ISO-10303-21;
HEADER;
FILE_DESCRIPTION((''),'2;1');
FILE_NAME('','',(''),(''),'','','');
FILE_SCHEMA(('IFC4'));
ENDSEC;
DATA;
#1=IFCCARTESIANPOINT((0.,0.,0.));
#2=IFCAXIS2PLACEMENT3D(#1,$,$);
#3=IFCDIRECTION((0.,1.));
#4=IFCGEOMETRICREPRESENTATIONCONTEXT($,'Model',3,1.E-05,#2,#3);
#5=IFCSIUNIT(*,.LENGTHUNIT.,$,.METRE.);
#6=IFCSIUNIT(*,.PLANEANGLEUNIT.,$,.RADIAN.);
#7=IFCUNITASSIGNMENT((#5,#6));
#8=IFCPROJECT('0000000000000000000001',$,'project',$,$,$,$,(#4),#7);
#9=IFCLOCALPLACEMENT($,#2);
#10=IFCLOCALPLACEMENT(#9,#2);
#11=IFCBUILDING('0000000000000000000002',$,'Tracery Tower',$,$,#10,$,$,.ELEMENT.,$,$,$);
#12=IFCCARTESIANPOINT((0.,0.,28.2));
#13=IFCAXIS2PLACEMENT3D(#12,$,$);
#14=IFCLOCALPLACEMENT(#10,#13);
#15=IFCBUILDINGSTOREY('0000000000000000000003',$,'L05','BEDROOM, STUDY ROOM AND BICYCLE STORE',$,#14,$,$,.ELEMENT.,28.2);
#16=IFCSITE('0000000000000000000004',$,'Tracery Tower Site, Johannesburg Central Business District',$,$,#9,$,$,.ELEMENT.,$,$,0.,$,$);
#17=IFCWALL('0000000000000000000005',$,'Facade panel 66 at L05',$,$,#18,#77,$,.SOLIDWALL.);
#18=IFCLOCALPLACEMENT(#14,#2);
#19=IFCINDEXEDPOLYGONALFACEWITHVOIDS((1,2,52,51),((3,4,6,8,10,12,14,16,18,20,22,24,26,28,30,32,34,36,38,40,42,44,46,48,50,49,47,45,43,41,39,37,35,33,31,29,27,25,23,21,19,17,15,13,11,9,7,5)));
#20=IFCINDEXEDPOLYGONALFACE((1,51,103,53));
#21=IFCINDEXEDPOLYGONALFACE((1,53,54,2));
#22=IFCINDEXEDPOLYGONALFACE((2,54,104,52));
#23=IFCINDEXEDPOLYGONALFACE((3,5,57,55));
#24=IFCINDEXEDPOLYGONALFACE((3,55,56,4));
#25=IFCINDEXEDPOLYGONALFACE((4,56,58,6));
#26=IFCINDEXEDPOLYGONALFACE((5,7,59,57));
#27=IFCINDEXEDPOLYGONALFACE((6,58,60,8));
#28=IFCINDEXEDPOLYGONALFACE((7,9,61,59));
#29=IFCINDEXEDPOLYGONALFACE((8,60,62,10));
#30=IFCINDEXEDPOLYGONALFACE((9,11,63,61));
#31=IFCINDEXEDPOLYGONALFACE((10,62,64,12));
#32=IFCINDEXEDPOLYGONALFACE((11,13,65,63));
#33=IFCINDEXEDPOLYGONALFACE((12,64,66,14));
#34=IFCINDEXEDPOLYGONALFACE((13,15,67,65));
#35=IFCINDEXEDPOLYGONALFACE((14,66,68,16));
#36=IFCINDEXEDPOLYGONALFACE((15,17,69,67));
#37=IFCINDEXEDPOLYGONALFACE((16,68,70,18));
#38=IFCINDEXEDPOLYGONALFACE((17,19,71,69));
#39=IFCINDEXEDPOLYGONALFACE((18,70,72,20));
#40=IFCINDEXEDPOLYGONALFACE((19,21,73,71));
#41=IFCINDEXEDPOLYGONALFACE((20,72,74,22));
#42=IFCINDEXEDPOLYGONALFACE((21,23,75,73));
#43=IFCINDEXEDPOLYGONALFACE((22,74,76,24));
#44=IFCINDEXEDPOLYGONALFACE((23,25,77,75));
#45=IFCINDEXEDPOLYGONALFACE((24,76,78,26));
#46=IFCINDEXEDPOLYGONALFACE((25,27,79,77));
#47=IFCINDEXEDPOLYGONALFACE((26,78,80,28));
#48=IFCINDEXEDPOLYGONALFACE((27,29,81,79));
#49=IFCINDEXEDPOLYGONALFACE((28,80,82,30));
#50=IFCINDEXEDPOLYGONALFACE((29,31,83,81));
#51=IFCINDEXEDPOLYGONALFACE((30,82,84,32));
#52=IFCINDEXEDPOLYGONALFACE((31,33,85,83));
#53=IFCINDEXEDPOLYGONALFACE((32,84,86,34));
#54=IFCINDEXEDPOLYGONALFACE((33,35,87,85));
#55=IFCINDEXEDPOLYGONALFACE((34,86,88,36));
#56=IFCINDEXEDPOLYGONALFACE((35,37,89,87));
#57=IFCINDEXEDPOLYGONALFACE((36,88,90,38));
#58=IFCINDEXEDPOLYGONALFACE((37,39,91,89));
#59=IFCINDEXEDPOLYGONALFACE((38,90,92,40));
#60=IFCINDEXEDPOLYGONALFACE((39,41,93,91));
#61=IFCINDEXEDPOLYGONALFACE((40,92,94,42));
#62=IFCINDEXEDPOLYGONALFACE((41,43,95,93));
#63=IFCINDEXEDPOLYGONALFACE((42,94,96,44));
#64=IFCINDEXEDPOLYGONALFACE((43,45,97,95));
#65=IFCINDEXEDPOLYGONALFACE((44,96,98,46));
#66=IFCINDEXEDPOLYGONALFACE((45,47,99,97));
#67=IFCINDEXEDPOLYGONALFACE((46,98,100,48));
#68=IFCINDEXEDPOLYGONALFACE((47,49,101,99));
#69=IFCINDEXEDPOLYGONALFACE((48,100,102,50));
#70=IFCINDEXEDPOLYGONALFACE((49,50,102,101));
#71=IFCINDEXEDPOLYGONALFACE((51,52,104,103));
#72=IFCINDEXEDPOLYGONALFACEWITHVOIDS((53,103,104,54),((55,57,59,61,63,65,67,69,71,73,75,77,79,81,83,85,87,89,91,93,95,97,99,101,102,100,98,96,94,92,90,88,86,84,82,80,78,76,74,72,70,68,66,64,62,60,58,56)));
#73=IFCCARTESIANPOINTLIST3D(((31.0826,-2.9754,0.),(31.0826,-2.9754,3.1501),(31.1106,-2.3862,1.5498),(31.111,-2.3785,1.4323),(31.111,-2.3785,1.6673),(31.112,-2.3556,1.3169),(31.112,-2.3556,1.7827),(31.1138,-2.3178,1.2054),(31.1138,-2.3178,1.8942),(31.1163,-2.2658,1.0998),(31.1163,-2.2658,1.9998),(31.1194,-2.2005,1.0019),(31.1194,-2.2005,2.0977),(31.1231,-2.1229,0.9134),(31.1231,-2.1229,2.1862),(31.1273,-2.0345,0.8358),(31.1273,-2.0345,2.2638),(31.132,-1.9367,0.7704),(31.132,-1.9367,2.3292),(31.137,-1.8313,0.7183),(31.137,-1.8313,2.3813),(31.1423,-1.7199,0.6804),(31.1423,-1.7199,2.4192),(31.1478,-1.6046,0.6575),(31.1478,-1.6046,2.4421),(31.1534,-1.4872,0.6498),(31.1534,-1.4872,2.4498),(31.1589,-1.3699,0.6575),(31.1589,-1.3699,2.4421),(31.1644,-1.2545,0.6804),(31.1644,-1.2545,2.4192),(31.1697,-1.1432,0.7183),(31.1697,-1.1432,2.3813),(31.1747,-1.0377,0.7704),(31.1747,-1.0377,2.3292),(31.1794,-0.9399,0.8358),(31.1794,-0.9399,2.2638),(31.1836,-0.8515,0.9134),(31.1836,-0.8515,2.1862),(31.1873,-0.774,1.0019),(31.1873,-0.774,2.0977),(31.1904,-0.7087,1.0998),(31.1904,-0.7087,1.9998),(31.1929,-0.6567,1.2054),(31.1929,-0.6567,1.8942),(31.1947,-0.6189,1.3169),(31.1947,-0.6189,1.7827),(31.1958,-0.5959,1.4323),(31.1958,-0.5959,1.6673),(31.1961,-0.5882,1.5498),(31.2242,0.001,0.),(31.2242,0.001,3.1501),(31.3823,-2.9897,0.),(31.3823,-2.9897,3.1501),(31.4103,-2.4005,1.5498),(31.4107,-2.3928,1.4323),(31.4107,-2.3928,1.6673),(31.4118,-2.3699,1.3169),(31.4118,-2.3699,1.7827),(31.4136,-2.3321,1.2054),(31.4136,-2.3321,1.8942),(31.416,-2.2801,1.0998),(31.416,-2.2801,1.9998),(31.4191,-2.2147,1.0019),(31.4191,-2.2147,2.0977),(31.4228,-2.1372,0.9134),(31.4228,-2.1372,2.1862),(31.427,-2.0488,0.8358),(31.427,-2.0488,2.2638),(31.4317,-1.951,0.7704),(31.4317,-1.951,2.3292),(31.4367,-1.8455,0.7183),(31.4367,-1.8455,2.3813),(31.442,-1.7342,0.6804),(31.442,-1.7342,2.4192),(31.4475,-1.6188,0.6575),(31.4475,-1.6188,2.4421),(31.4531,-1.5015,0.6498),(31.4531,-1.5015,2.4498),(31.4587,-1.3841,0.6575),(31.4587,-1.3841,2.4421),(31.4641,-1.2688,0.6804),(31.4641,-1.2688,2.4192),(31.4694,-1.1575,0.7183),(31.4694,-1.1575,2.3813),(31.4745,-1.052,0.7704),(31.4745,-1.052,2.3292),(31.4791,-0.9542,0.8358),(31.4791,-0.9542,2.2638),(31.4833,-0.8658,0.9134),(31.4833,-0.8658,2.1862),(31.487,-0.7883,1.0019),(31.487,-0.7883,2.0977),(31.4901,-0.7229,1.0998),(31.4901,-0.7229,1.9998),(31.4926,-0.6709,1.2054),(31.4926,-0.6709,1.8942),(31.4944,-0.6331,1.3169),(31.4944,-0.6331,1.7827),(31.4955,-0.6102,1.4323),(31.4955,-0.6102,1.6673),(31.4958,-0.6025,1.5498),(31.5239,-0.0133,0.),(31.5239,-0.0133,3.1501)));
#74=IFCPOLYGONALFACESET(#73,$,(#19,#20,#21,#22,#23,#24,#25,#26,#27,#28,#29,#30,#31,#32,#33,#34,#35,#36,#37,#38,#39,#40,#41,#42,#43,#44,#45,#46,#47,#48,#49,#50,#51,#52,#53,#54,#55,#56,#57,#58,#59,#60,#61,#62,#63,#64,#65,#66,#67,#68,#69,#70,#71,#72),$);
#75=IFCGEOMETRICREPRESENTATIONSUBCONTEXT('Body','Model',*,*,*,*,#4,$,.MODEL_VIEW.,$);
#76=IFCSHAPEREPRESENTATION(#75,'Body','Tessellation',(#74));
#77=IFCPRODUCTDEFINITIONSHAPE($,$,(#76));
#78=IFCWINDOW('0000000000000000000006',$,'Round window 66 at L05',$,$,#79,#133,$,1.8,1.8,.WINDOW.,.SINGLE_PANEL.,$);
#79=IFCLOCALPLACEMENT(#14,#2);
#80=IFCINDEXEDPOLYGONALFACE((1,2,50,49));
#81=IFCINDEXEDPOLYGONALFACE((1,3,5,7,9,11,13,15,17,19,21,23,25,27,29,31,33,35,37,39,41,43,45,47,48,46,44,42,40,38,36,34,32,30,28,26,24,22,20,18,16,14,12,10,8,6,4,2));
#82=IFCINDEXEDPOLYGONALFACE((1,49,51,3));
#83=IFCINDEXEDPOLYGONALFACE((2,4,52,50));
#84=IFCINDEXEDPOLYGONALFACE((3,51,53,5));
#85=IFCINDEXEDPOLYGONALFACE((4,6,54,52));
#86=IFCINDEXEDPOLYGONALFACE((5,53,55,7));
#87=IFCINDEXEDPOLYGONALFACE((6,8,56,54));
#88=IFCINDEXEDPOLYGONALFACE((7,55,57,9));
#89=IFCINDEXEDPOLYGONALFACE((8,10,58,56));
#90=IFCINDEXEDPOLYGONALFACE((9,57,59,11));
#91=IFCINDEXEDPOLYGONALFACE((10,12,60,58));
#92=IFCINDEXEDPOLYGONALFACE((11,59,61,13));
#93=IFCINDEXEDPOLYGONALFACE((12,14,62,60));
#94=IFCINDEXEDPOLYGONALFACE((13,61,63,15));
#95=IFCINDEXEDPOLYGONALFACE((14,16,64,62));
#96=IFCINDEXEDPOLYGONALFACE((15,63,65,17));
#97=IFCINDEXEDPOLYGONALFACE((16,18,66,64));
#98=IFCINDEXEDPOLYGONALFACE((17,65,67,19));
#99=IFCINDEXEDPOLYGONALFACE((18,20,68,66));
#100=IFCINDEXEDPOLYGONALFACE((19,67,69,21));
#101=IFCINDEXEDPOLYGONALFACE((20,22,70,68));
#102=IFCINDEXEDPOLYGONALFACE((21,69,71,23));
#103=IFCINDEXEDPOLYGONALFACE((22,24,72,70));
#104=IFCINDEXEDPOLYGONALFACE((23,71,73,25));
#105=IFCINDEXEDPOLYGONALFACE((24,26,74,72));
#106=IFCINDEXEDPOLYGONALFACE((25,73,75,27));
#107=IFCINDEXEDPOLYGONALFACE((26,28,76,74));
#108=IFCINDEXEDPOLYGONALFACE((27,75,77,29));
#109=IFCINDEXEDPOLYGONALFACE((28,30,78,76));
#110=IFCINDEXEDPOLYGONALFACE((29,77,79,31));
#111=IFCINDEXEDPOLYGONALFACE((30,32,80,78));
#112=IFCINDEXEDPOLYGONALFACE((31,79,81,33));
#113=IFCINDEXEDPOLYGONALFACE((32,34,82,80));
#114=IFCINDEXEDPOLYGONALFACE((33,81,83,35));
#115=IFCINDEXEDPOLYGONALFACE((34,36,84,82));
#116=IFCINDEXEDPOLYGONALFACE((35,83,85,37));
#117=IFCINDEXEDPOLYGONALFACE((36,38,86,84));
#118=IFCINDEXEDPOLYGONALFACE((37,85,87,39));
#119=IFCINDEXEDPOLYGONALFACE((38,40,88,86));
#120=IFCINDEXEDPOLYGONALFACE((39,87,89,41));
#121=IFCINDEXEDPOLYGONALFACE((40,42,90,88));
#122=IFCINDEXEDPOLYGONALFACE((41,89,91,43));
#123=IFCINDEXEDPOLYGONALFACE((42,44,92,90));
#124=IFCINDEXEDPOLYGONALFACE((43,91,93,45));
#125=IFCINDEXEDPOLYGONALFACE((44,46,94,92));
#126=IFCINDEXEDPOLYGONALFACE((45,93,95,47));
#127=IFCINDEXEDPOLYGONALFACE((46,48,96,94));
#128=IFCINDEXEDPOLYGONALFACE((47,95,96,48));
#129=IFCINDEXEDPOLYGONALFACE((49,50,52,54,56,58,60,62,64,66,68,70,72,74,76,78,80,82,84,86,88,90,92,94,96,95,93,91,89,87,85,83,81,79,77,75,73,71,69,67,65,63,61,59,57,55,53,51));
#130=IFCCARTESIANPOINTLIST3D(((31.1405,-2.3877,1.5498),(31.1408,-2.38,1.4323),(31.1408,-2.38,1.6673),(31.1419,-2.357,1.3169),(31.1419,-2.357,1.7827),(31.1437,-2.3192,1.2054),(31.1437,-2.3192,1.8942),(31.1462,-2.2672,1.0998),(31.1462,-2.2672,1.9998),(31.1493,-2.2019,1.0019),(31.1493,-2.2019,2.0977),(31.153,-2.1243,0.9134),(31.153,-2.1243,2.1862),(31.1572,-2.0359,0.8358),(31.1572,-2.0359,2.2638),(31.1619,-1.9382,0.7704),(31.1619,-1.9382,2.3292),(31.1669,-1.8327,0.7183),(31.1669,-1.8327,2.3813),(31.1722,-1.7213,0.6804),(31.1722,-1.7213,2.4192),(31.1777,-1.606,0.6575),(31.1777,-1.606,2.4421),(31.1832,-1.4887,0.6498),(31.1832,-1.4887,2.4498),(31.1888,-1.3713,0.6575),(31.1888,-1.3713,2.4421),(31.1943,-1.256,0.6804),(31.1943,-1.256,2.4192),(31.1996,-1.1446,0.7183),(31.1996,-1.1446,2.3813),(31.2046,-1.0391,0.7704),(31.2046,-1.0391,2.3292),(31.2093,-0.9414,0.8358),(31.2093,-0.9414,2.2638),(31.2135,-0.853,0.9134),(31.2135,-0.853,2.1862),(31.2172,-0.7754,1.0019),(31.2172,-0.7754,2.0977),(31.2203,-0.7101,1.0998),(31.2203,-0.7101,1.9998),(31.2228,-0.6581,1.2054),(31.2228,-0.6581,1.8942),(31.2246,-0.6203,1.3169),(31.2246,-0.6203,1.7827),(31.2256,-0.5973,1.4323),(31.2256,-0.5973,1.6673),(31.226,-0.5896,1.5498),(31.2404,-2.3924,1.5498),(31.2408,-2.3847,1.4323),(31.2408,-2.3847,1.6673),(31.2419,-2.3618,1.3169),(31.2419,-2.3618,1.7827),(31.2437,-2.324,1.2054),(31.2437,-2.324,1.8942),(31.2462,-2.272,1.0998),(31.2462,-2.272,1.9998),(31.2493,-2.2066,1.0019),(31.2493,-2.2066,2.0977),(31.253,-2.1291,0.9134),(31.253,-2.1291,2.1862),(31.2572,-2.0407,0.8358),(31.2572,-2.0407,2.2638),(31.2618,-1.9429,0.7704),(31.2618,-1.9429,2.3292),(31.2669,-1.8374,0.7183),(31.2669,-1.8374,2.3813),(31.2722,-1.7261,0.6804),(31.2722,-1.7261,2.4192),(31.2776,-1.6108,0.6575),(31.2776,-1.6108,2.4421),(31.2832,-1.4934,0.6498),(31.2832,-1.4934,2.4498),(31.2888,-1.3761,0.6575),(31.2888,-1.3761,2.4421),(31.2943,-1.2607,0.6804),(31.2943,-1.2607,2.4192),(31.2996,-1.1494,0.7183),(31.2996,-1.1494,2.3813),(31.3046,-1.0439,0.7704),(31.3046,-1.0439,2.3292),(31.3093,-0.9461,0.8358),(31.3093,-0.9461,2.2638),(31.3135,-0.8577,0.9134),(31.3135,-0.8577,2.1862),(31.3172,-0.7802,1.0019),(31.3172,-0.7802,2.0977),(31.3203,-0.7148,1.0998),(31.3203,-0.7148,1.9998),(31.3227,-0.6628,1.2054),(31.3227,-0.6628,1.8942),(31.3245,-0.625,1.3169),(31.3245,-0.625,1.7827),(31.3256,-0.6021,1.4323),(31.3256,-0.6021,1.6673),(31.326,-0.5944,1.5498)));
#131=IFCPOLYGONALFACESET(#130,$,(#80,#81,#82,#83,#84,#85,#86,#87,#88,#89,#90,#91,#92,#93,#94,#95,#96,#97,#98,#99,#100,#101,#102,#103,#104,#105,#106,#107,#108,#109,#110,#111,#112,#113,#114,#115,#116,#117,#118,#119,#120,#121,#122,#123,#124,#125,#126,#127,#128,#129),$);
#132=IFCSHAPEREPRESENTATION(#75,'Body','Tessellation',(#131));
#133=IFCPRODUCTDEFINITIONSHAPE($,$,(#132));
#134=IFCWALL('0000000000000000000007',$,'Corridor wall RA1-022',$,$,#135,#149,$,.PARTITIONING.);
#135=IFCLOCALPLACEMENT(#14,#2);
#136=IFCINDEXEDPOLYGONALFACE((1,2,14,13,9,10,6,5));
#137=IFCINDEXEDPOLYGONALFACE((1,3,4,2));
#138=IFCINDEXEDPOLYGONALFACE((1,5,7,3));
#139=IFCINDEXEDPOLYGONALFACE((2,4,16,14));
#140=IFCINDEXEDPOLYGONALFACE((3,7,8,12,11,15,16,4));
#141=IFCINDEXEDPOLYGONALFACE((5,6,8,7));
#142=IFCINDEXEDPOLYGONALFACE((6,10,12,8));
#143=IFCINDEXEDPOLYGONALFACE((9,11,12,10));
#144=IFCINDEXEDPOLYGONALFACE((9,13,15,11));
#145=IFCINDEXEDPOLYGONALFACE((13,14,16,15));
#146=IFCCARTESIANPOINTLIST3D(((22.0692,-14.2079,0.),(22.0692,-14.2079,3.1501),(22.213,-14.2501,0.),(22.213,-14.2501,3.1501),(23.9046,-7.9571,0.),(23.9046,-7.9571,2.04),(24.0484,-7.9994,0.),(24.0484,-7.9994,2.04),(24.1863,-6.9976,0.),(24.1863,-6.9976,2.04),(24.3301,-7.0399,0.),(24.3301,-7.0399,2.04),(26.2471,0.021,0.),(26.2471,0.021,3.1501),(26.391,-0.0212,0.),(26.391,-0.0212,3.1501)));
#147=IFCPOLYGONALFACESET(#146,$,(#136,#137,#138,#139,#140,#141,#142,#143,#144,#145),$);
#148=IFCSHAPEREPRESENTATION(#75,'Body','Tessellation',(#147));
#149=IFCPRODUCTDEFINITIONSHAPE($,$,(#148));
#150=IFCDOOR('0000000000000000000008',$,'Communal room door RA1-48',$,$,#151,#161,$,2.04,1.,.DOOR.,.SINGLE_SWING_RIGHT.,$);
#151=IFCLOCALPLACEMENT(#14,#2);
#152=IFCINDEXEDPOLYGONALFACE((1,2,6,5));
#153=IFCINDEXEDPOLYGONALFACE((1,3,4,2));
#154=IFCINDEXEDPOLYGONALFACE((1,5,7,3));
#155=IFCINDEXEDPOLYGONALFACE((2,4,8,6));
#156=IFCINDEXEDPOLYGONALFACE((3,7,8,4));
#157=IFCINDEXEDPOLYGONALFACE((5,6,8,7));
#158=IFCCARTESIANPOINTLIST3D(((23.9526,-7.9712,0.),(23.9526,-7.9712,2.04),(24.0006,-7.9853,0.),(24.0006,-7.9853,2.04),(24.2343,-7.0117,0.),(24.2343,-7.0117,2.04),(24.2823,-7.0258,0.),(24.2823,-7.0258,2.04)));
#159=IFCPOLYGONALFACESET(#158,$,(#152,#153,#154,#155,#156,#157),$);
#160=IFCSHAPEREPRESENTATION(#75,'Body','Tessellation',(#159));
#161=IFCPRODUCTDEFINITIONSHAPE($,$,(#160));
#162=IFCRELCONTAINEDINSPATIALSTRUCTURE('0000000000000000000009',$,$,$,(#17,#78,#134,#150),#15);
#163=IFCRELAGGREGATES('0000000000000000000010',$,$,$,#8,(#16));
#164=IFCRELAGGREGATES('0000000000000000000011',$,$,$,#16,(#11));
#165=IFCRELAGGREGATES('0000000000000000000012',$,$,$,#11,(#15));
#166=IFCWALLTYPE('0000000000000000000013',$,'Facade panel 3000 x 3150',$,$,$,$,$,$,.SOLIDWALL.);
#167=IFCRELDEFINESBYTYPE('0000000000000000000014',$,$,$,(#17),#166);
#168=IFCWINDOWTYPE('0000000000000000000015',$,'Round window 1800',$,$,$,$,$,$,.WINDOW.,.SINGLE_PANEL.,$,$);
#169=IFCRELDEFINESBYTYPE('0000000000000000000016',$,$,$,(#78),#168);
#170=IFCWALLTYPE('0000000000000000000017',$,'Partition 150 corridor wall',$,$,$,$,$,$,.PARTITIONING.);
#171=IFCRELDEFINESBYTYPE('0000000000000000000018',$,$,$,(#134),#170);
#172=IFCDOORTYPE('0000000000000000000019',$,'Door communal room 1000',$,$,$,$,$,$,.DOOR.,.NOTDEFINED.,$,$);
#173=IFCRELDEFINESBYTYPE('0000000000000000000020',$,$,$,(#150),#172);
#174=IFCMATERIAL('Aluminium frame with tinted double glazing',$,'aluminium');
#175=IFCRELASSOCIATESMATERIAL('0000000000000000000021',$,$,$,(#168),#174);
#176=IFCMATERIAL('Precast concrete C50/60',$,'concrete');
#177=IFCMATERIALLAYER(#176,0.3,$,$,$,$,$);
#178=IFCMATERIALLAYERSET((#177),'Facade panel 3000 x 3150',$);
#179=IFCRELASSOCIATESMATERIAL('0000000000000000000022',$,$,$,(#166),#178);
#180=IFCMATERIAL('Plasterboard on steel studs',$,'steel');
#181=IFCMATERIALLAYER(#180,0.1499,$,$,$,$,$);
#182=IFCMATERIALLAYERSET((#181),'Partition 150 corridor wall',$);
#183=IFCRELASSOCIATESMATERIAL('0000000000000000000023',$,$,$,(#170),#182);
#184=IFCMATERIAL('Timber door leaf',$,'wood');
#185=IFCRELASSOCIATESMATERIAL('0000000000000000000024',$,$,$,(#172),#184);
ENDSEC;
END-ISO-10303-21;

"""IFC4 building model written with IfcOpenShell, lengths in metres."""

from ifc_helpers import new_model, si_unit, direction, frame, frame_2d, origin, origin_2d, place, context, subcontext, project, spatial, rectangle, circle, extrude, material, layer, layer_set, type_object, element, fill, save


model = new_model("IFC4")

# Units and contexts
model_context = context("Model", 3, precision=1e-05, world=origin(), true_north=direction((0.0, 1.0)))
body_context = subcontext(model_context, "Body", "Model", "MODEL_VIEW")
ifc_project = project(units=[si_unit("LENGTHUNIT", "METRE"), si_unit("PLANEANGLEUNIT", "RADIAN")], contexts=[model_context])

# Site, building, storey
site_placement = place(None, origin())
site = spatial("IfcSite", under=ifc_project, at=site_placement, Name="Tracery Tower Site, Johannesburg Central Business District", CompositionType="ELEMENT", RefElevation=0.0)
building_placement = place(site_placement, origin())
building = spatial("IfcBuilding", under=site, at=building_placement, Name="Tracery Tower", CompositionType="ELEMENT")
storey_placement = place(building_placement, frame((0.0, 0.0, 28.2)))
storey = spatial("IfcBuildingStorey", under=building, at=storey_placement, Name="L05", Description="BEDROOM, STUDY ROOM AND BICYCLE STORE", CompositionType="ELEMENT", Elevation=28.2)

# Wall, opening, window
ifc_material_1 = material(Name="Aluminium frame with tinted double glazing", Category="aluminium")
window_type = type_object("IfcWindowType", Name="Round window 1800", PartitioningType="SINGLE_PANEL", PredefinedType="WINDOW", material=ifc_material_1)
ifc_material_2 = material(Name="Precast concrete C50/60", Category="concrete")
ifc_layer_1 = layer(ifc_material_2, 0.3)
ifc_layer_set_1 = layer_set([ifc_layer_1], Name="Facade panel 3000 x 3150")
wall_type_1 = type_object("IfcWallType", Name="Facade panel 3000 x 3150", PredefinedType="SOLIDWALL", material=ifc_layer_set_1)
wall_1_placement = place(storey_placement, frame((31.2324, -2.9824, 0.0), z_axis=(0.0, 0.0, 1.0), x_axis=(0.047522, 0.99887, 0.0)))
wall_1 = element("IfcWall", 1, at=wall_1_placement, inside=storey, type_object=wall_type_1, Name="Facade panel 66 at L05", PredefinedType="SOLIDWALL", context=body_context, shape_type="SweptSolid", body=[
    extrude(rectangle(XDim=2.9797, YDim=0.3, at=frame_2d((1.4897, 0.0))), origin(), (0.0, 0.0, 1.0), 3.1501),
])
opening_1_placement = place(wall_1_placement, frame((1.4897, 0.0, 1.5498)))
opening_1 = element("IfcOpeningElement", 2, at=opening_1_placement, cuts=wall_1, PredefinedType="OPENING", context=body_context, shape_type="SweptSolid", body=[
    extrude(circle(Radius=0.9, at=origin_2d()), frame((0.0, 0.1599, 0.0), z_axis=(0.0, -1.0, 0.0), x_axis=(1.0, 0.0, 0.0)), (0.0, 0.0, 1.0), 0.3201),
])
window_1_placement = place(opening_1_placement, origin())
window_1 = element("IfcWindow", 3, at=window_1_placement, inside=storey, type_object=window_type, Name="Round window 66 at L05", OverallHeight=1.8, OverallWidth=1.8, PartitioningType="SINGLE_PANEL", PredefinedType="WINDOW", context=body_context, shape_type="SweptSolid", body=[
    extrude(circle(Radius=0.9, at=origin_2d()), frame((0.0, 0.1201, 0.0), z_axis=(0.0, -1.0, 0.0), x_axis=(1.0, 0.0, 0.0)), (0.0, 0.0, 1.0), 0.1001),
])
fill(opening_1, window_1)

# Wall, opening, door
ifc_material_3 = material(Name="Plasterboard on steel studs", Category="steel")
ifc_layer_2 = layer(ifc_material_3, 0.1499)
ifc_layer_set_2 = layer_set([ifc_layer_2], Name="Partition 150 corridor wall")
wall_type_2 = type_object("IfcWallType", Name="Partition 150 corridor wall", PredefinedType="PARTITIONING", material=ifc_layer_set_2)
wall_2_placement = place(storey_placement, frame((22.1411, -14.229, 0.0), z_axis=(0.0, 0.0, 1.0), x_axis=(0.28173, 0.959494, 0.0)))
wall_2 = element("IfcWall", 4, at=wall_2_placement, inside=storey, type_object=wall_type_2, Name="Corridor wall RA1-022", PredefinedType="PARTITIONING", context=body_context, shape_type="SweptSolid", body=[
    extrude(rectangle(XDim=14.8296, YDim=0.1499, at=frame_2d((7.4148, 0.0))), origin(), (0.0, 0.0, 1.0), 3.1501),
])
opening_2_placement = place(wall_2_placement, frame((6.5146, 0.0, 0.0)))
opening_2 = element("IfcOpeningElement", 5, at=opening_2_placement, cuts=wall_2, PredefinedType="OPENING", context=body_context, shape_type="SweptSolid", body=[
    extrude(rectangle(XDim=1.0, YDim=2.04, at=frame_2d((0.5, 1.02))), frame((0.0, 0.075, 0.0), z_axis=(0.0, -1.0, 0.0), x_axis=(1.0, 0.0, 0.0)), (0.0, 0.0, 1.0), 0.1499),
])
ifc_material_4 = material(Name="Timber door leaf", Category="wood")
door_type = type_object("IfcDoorType", Name="Door communal room 1000", OperationType="NOTDEFINED", PredefinedType="DOOR", material=ifc_material_4)
door_placement = place(opening_2_placement, origin())
door = element("IfcDoor", 6, at=door_placement, inside=storey, type_object=door_type, Name="Communal room door RA1-48", OperationType="SINGLE_SWING_RIGHT", OverallHeight=2.04, OverallWidth=1.0, PredefinedType="DOOR", context=body_context, shape_type="SweptSolid", body=[
    extrude(rectangle(XDim=1.0, YDim=2.04, at=frame_2d((0.5, 1.02))), frame((0.0, 0.0249, 0.0), z_axis=(0.0, -1.0, 0.0), x_axis=(1.0, 0.0, 0.0)), (0.0, 0.0, 1.0), 0.05),
])
fill(opening_2, door)

save(model, "model.ifc")
